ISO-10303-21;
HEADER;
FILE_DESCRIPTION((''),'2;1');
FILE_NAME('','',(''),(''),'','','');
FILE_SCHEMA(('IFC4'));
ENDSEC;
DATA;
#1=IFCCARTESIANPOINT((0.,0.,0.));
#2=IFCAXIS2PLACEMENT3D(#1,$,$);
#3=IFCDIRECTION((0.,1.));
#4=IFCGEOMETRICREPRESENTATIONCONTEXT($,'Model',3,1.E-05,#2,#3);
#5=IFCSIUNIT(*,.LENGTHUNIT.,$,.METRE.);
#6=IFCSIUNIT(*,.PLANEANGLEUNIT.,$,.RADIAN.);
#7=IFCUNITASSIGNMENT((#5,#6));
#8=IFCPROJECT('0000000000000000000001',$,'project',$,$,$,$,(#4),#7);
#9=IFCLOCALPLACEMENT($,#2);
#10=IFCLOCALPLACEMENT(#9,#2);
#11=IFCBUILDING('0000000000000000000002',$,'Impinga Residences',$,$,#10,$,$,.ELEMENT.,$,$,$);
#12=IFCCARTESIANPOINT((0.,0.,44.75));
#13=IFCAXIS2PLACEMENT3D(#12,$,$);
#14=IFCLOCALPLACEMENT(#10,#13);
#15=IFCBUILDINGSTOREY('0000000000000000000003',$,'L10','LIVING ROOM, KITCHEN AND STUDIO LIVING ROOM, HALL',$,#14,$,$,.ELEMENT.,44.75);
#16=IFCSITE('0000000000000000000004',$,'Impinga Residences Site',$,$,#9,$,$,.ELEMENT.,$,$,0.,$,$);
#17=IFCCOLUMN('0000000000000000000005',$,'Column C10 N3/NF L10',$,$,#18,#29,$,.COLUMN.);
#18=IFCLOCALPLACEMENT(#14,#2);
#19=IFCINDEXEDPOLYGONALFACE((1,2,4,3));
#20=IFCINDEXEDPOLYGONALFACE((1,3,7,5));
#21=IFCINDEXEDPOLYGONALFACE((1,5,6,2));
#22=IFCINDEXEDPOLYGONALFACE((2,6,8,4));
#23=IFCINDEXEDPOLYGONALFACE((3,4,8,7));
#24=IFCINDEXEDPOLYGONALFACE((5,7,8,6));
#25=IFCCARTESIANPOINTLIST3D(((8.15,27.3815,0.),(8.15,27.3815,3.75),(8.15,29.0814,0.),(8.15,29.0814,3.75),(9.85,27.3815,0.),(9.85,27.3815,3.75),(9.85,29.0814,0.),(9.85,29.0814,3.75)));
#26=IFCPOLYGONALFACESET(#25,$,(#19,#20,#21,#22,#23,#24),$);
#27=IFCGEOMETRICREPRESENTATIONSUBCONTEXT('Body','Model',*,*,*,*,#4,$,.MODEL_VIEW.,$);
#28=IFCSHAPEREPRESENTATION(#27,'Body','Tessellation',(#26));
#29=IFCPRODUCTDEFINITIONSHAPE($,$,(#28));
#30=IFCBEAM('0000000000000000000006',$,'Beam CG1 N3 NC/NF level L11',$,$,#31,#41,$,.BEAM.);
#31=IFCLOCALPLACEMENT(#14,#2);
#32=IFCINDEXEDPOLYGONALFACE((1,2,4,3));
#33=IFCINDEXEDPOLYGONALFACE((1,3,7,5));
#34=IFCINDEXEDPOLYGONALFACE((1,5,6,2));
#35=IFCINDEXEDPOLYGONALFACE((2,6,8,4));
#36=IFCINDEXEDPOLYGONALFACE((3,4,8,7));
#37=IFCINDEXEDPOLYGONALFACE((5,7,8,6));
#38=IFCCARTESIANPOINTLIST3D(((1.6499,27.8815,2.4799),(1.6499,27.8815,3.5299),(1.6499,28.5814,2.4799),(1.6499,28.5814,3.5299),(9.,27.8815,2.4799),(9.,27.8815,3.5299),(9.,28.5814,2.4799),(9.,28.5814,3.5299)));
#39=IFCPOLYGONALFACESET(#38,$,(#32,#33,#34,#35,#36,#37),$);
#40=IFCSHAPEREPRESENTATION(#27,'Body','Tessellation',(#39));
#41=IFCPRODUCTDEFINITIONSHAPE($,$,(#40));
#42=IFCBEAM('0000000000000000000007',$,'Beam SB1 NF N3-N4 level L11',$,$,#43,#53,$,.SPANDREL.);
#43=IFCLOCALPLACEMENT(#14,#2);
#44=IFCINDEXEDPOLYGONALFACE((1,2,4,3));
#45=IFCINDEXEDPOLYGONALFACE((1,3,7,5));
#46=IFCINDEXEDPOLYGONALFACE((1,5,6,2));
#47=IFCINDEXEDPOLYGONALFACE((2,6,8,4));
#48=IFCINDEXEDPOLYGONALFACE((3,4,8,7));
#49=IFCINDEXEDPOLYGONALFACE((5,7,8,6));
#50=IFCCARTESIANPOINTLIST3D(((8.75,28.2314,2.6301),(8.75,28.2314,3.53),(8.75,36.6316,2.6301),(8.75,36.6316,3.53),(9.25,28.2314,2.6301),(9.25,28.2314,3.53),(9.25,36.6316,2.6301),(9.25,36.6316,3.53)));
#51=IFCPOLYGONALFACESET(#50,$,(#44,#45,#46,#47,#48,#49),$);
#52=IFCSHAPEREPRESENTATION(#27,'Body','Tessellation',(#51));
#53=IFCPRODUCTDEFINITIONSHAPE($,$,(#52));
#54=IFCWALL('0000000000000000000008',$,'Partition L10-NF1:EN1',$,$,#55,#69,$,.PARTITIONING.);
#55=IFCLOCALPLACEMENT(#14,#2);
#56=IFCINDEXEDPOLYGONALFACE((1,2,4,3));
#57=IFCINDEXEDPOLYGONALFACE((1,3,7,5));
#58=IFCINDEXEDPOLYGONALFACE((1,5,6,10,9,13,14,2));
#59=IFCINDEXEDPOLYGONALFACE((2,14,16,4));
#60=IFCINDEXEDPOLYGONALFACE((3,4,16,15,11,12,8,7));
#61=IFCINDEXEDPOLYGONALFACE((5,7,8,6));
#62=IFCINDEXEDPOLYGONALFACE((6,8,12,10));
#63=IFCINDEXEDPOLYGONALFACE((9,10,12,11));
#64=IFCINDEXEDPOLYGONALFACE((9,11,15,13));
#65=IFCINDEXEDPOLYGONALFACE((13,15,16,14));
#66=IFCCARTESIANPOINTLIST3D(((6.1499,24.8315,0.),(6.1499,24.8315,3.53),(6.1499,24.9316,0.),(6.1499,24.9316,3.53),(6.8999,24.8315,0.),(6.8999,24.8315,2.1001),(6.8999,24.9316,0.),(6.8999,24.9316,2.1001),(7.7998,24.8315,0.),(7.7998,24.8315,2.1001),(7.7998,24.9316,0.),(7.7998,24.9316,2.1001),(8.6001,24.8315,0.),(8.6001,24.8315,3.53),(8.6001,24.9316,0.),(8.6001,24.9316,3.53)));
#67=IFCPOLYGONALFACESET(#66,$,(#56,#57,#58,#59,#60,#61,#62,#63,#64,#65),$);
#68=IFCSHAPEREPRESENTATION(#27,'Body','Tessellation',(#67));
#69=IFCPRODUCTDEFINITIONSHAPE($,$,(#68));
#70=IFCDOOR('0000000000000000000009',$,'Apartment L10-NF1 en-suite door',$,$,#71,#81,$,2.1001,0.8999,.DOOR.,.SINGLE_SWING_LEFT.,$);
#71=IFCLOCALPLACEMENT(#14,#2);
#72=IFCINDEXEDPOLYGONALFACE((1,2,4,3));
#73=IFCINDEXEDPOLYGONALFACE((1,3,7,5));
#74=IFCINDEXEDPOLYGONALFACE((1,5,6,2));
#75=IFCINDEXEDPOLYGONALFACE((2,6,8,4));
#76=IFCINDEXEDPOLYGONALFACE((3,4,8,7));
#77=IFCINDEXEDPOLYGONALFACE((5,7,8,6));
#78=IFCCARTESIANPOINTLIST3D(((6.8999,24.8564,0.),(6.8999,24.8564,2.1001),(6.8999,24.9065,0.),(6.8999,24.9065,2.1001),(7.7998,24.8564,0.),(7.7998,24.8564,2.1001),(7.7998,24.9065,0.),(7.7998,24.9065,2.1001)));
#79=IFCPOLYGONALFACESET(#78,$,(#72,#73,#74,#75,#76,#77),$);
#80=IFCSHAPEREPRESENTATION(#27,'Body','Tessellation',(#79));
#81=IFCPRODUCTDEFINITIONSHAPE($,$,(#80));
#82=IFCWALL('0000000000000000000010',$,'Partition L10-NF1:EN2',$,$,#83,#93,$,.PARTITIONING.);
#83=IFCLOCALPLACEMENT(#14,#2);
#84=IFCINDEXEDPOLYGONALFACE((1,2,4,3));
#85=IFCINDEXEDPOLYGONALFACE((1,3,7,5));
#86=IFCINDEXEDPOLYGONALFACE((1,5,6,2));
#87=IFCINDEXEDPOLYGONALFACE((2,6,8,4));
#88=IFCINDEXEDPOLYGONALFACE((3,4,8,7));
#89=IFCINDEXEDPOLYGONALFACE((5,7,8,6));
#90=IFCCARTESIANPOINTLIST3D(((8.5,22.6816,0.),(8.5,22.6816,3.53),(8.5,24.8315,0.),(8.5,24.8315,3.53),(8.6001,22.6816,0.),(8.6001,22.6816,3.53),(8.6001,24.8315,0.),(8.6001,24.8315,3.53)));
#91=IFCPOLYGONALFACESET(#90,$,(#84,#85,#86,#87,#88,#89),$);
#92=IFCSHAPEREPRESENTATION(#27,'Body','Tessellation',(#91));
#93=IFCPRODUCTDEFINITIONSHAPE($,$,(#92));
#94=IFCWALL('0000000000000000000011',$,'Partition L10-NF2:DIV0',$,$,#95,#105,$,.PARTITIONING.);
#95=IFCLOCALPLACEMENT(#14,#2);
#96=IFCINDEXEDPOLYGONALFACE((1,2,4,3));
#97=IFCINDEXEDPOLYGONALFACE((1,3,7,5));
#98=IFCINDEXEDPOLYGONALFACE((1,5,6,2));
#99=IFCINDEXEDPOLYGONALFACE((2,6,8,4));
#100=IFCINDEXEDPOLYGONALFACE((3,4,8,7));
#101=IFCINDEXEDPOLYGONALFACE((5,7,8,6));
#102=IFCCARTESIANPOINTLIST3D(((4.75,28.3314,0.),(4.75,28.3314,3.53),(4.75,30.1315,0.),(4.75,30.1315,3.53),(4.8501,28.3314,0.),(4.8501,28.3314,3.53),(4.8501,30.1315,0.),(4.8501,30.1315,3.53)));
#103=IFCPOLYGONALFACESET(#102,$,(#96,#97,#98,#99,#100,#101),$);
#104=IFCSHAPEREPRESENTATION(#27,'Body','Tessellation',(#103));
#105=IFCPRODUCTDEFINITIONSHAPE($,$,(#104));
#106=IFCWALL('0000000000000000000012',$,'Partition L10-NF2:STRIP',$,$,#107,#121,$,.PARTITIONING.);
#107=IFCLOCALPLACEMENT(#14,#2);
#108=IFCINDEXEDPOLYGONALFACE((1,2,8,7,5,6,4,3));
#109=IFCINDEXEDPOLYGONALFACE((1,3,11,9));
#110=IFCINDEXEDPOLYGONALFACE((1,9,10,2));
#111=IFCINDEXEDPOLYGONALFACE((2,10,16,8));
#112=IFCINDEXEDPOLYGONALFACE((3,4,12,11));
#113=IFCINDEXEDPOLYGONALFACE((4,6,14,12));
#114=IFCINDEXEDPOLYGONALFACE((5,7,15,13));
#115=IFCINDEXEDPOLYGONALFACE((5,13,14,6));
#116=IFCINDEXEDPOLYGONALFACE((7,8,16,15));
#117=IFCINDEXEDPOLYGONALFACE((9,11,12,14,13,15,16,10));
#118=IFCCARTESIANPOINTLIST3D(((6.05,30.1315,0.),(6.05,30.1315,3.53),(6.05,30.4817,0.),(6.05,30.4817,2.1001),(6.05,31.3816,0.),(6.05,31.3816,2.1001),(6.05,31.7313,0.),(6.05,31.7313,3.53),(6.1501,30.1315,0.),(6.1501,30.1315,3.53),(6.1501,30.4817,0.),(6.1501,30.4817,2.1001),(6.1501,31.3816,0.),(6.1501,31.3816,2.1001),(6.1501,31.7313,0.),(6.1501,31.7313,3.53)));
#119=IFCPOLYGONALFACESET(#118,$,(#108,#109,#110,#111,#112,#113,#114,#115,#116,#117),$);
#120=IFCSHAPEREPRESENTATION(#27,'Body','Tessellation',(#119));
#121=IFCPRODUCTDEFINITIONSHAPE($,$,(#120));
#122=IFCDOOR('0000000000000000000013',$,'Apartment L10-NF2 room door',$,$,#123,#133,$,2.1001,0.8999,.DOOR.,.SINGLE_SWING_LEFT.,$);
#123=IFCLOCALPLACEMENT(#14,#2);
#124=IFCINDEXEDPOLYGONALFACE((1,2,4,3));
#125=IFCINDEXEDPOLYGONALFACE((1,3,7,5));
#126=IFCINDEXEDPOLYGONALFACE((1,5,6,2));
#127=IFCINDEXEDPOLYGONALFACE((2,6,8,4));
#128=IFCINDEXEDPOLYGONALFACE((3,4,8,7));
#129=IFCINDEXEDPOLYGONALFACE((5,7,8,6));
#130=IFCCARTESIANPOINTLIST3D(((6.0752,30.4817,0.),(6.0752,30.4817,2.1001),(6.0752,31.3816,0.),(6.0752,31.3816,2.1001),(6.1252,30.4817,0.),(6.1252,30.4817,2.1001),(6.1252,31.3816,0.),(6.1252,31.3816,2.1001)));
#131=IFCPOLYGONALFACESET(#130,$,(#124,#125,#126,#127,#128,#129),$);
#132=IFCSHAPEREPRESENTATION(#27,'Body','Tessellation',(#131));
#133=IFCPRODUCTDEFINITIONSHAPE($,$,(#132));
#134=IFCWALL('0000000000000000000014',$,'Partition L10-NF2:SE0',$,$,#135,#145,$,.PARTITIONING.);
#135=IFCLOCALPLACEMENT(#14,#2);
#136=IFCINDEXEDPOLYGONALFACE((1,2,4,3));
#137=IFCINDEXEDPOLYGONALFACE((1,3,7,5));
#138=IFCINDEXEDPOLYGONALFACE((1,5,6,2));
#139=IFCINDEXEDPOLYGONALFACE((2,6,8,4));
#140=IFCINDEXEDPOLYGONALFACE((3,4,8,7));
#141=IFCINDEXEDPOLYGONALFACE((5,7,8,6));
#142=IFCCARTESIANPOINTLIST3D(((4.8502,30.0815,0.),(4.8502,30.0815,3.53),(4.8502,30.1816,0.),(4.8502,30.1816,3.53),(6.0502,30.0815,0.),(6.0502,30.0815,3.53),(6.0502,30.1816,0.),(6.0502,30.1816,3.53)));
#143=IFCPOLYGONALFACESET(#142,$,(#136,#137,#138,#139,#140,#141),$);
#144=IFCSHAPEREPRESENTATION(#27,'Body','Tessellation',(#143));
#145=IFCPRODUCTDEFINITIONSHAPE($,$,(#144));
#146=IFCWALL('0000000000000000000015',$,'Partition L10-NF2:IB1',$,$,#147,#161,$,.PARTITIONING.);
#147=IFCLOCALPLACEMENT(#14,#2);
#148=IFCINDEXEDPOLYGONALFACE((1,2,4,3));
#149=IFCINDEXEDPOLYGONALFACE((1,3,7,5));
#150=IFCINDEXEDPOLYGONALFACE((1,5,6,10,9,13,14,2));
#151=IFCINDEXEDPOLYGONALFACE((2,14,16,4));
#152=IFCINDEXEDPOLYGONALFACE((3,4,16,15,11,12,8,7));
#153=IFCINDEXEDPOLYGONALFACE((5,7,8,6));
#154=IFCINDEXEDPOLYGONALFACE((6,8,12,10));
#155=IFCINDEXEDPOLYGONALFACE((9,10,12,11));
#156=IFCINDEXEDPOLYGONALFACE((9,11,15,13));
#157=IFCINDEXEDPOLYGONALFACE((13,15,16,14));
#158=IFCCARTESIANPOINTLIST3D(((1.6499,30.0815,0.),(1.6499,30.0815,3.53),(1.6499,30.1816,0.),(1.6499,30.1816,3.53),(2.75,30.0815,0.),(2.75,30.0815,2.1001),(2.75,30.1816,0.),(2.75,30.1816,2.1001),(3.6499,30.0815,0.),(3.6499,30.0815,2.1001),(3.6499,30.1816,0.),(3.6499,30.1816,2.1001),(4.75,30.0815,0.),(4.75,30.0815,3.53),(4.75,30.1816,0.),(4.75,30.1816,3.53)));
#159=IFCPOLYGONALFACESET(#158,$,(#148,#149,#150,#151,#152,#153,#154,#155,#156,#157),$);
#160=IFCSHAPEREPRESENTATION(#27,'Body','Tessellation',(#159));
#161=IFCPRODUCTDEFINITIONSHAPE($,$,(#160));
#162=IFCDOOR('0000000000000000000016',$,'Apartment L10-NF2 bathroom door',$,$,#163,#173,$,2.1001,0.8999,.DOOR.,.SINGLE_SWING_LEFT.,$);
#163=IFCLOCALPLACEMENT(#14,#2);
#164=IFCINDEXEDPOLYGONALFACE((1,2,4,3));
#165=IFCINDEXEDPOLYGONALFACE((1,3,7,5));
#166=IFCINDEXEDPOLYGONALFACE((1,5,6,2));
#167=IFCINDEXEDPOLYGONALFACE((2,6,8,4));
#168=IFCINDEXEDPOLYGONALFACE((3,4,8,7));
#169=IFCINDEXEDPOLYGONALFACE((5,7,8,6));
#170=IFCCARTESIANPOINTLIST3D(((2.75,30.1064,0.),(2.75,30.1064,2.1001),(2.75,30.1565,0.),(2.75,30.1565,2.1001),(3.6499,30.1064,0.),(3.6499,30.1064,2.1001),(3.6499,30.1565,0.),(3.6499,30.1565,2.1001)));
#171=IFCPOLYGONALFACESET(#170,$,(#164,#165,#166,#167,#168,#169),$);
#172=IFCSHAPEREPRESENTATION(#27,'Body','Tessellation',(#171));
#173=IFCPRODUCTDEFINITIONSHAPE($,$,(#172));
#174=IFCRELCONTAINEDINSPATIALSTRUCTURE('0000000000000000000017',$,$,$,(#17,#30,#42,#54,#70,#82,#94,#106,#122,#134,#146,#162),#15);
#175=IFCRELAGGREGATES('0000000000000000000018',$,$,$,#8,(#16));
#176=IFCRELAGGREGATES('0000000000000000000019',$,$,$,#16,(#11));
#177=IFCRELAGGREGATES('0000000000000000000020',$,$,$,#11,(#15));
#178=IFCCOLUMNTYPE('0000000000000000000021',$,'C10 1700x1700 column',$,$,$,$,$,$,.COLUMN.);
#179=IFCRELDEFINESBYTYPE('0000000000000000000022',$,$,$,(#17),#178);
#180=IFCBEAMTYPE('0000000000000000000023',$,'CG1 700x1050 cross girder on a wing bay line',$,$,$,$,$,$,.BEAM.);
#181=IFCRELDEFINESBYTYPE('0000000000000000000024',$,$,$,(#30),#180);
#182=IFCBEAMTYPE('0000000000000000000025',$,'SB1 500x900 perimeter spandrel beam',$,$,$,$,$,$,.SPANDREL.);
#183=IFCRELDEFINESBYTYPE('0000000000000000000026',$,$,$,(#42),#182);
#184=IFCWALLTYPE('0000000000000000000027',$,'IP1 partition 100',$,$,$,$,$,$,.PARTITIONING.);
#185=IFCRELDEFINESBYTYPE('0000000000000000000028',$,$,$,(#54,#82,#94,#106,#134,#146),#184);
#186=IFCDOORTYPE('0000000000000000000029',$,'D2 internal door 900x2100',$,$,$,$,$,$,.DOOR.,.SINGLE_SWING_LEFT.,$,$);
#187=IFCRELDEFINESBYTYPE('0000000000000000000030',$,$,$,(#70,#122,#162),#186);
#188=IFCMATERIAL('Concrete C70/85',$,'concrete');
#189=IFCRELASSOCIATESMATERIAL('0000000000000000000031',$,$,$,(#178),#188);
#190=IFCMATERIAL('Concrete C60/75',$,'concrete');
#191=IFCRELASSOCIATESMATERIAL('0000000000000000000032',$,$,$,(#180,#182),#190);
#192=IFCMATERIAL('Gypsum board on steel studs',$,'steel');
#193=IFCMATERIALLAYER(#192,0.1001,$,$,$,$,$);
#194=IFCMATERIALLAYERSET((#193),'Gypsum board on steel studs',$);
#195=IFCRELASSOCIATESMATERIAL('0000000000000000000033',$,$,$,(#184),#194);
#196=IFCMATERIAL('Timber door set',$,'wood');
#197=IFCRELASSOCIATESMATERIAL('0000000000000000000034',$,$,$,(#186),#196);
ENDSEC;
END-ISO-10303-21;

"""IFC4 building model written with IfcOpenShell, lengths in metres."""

from ifc_helpers import new_model, si_unit, direction, frame, frame_2d, origin, origin_2d, place, context, subcontext, project, spatial, rectangle, extrude, material, layer, layer_set, material_profile, profile_set, type_object, element, fill, save


model = new_model("IFC4")

# Units and contexts
model_context = context("Model", 3, precision=1e-05, world=origin(), true_north=direction((0.0, 1.0)))
body_context = subcontext(model_context, "Body", "Model", "MODEL_VIEW")
ifc_project = project(units=[si_unit("LENGTHUNIT", "METRE"), si_unit("PLANEANGLEUNIT", "RADIAN")], contexts=[model_context])

# Site, building, storey
site_placement = place(None, origin())
site = spatial("IfcSite", under=ifc_project, at=site_placement, Name="Impinga Residences Site", CompositionType="ELEMENT", RefElevation=0.0)
building_placement = place(site_placement, origin())
building = spatial("IfcBuilding", under=site, at=building_placement, Name="Impinga Residences", CompositionType="ELEMENT")
storey_placement = place(building_placement, frame((0.0, 0.0, 44.75)))
storey = spatial("IfcBuildingStorey", under=building, at=storey_placement, Name="L10", Description="LIVING ROOM, KITCHEN AND STUDIO LIVING ROOM, HALL", CompositionType="ELEMENT", Elevation=44.75)

# Column
ifc_material_1 = material(Name="Concrete C70/85", Category="concrete")
ifc_material_profile_1 = material_profile(ifc_material_1, rectangle(XDim=1.7, YDim=1.7, at=origin_2d()), Name="RC 1700x1700")
ifc_profile_set_1 = profile_set([ifc_material_profile_1], Name="Concrete C70/85")
column_type = type_object("IfcColumnType", Name="C10 1700x1700 column", PredefinedType="COLUMN", material=ifc_profile_set_1)
column_placement = place(storey_placement, frame((9.0, 28.2314, 0.0), z_axis=(0.0, 0.0, 1.0), x_axis=(1.0, 0.0, 0.0)))
element("IfcColumn", 1, at=column_placement, inside=storey, type_object=column_type, Name="Column C10 N3/NF L10", PredefinedType="COLUMN", context=body_context, shape_type="SweptSolid", body=[
    extrude(rectangle(XDim=1.7, YDim=1.7, at=origin_2d()), origin(), (0.0, 0.0, 1.0), 3.75),
])

# Beams
ifc_material_2 = material(Name="Concrete C60/75", Category="concrete")
ifc_material_profile_2 = material_profile(ifc_material_2, rectangle(XDim=0.7, YDim=1.05, at=origin_2d()), Name="RC 700x1050")
ifc_profile_set_2 = profile_set([ifc_material_profile_2], Name="Concrete C60/75")
beam_type_1 = type_object("IfcBeamType", Name="CG1 700x1050 cross girder on a wing bay line", PredefinedType="BEAM", material=ifc_profile_set_2)
beam_1_placement = place(storey_placement, frame((1.6499, 28.2314, 3.0049), z_axis=(1.0, 0.0, 0.0), x_axis=(0.0, 1.0, 0.0)))
element("IfcBeam", 2, at=beam_1_placement, inside=storey, type_object=beam_type_1, Name="Beam CG1 N3 NC/NF level L11", PredefinedType="BEAM", context=body_context, shape_type="SweptSolid", body=[
    extrude(rectangle(XDim=0.7, YDim=1.05, at=origin_2d()), origin(), (0.0, 0.0, 1.0), 7.3501),
])
ifc_material_profile_3 = material_profile(ifc_material_2, rectangle(XDim=0.5, YDim=0.8999, at=origin_2d()), Name="RC 500x900")
ifc_profile_set_3 = profile_set([ifc_material_profile_3], Name="Concrete C60/75")
beam_type_2 = type_object("IfcBeamType", Name="SB1 500x900 perimeter spandrel beam", PredefinedType="SPANDREL", material=ifc_profile_set_3)
beam_2_placement = place(storey_placement, frame((9.0, 28.2314, 3.0801), z_axis=(0.0, 1.0, 0.0), x_axis=(-1.0, 0.0, 0.0)))
element("IfcBeam", 3, at=beam_2_placement, inside=storey, type_object=beam_type_2, Name="Beam SB1 NF N3-N4 level L11", PredefinedType="SPANDREL", context=body_context, shape_type="SweptSolid", body=[
    extrude(rectangle(XDim=0.5, YDim=0.8999, at=origin_2d()), origin(), (0.0, 0.0, 1.0), 8.4001),
])

# Wall, opening, door
ifc_material_3 = material(Name="Gypsum board on steel studs", Category="steel")
ifc_layer_1 = layer(ifc_material_3, 0.1001)
ifc_layer_set_1 = layer_set([ifc_layer_1], Name="Gypsum board on steel studs")
wall_type_1 = type_object("IfcWallType", Name="IP1 partition 100", PredefinedType="PARTITIONING", material=ifc_layer_set_1)
wall_1_placement = place(storey_placement, frame((6.1499, 24.8816, 0.0), z_axis=(0.0, 0.0, 1.0), x_axis=(1.0, 0.0, 0.0)))
wall_1 = element("IfcWall", 4, at=wall_1_placement, inside=storey, type_object=wall_type_1, Name="Partition L10-NF1:EN1", PredefinedType="PARTITIONING", context=body_context, shape_type="SweptSolid", body=[
    extrude(rectangle(XDim=2.4502, YDim=0.1001, at=frame_2d((1.2251, 0.0))), origin(), (0.0, 0.0, 1.0), 3.53),
])
opening_1_placement = place(wall_1_placement, frame((0.75, 0.0, 0.0)))
opening_1 = element("IfcOpeningElement", 5, at=opening_1_placement, cuts=wall_1, PredefinedType="OPENING", context=body_context, shape_type="SweptSolid", body=[
    extrude(rectangle(XDim=0.8999, YDim=2.1001, at=frame_2d((0.45, 1.05))), frame((0.0, 0.0601, 0.0), z_axis=(0.0, -1.0, 0.0), x_axis=(1.0, 0.0, 0.0)), (0.0, 0.0, 1.0), 0.1201),
])
ifc_material_4 = material(Name="Timber door set", Category="wood")
door_type = type_object("IfcDoorType", Name="D2 internal door 900x2100", OperationType="SINGLE_SWING_LEFT", PredefinedType="DOOR", material=ifc_material_4)
door_1_placement = place(opening_1_placement, origin())
door_1 = element("IfcDoor", 6, at=door_1_placement, inside=storey, type_object=door_type, Name="Apartment L10-NF1 en-suite door", OperationType="SINGLE_SWING_LEFT", OverallHeight=2.1001, OverallWidth=0.8999, PredefinedType="DOOR", context=body_context, shape_type="SweptSolid", body=[
    extrude(rectangle(XDim=0.8999, YDim=2.1001, at=frame_2d((0.45, 1.05))), frame((0.0, 0.0249, 0.0), z_axis=(0.0, -1.0, 0.0), x_axis=(1.0, 0.0, 0.0)), (0.0, 0.0, 1.0), 0.05),
])
fill(opening_1, door_1)

# Walls
wall_2_placement = place(storey_placement, frame((8.55, 22.6816, 0.0), z_axis=(0.0, 0.0, 1.0), x_axis=(0.0, 1.0, 0.0)))
element("IfcWall", 7, at=wall_2_placement, inside=storey, type_object=wall_type_1, Name="Partition L10-NF1:EN2", PredefinedType="PARTITIONING", context=body_context, shape_type="SweptSolid", body=[
    extrude(rectangle(XDim=2.1499, YDim=0.1001, at=frame_2d((1.075, 0.0))), origin(), (0.0, 0.0, 1.0), 3.53),
])
wall_3_placement = place(storey_placement, frame((4.8, 28.3315, 0.0), z_axis=(0.0, 0.0, 1.0), x_axis=(0.0, 1.0, 0.0)))
element("IfcWall", 8, at=wall_3_placement, inside=storey, type_object=wall_type_1, Name="Partition L10-NF2:DIV0", PredefinedType="PARTITIONING", context=body_context, shape_type="SweptSolid", body=[
    extrude(rectangle(XDim=1.8, YDim=0.1001, at=frame_2d((0.8999, 0.0))), origin(), (0.0, 0.0, 1.0), 3.53),
])

# Wall, opening, door
wall_4_placement = place(storey_placement, frame((6.1001, 30.1316, 0.0), z_axis=(0.0, 0.0, 1.0), x_axis=(0.0, 1.0, 0.0)))
wall_4 = element("IfcWall", 9, at=wall_4_placement, inside=storey, type_object=wall_type_1, Name="Partition L10-NF2:STRIP", PredefinedType="PARTITIONING", context=body_context, shape_type="SweptSolid", body=[
    extrude(rectangle(XDim=1.5999, YDim=0.1001, at=frame_2d((0.7998, 0.0))), origin(), (0.0, 0.0, 1.0), 3.53),
])
opening_2_placement = place(wall_4_placement, frame((0.3501, 0.0, 0.0)))
opening_2 = element("IfcOpeningElement", 10, at=opening_2_placement, cuts=wall_4, PredefinedType="OPENING", context=body_context, shape_type="SweptSolid", body=[
    extrude(rectangle(XDim=0.8999, YDim=2.1001, at=frame_2d((0.45, 1.05))), frame((0.0, 0.0601, 0.0), z_axis=(0.0, -1.0, 0.0), x_axis=(1.0, 0.0, 0.0)), (0.0, 0.0, 1.0), 0.1201),
])
door_2_placement = place(opening_2_placement, origin())
door_2 = element("IfcDoor", 11, at=door_2_placement, inside=storey, type_object=door_type, Name="Apartment L10-NF2 room door", OperationType="SINGLE_SWING_LEFT", OverallHeight=2.1001, OverallWidth=0.8999, PredefinedType="DOOR", context=body_context, shape_type="SweptSolid", body=[
    extrude(rectangle(XDim=0.8999, YDim=2.1001, at=frame_2d((0.45, 1.05))), frame((0.0, 0.0249, 0.0), z_axis=(0.0, -1.0, 0.0), x_axis=(1.0, 0.0, 0.0)), (0.0, 0.0, 1.0), 0.05),
])
fill(opening_2, door_2)

# Wall
wall_5_placement = place(storey_placement, frame((4.8501, 30.1316, 0.0), z_axis=(0.0, 0.0, 1.0), x_axis=(1.0, 0.0, 0.0)))
element("IfcWall", 12, at=wall_5_placement, inside=storey, type_object=wall_type_1, Name="Partition L10-NF2:SE0", PredefinedType="PARTITIONING", context=body_context, shape_type="SweptSolid", body=[
    extrude(rectangle(XDim=1.2, YDim=0.1001, at=frame_2d((0.6001, 0.0))), origin(), (0.0, 0.0, 1.0), 3.53),
])

# Wall, opening, door
wall_6_placement = place(storey_placement, frame((1.6499, 30.1316, 0.0), z_axis=(0.0, 0.0, 1.0), x_axis=(1.0, 0.0, 0.0)))
wall_6 = element("IfcWall", 13, at=wall_6_placement, inside=storey, type_object=wall_type_1, Name="Partition L10-NF2:IB1", PredefinedType="PARTITIONING", context=body_context, shape_type="SweptSolid", body=[
    extrude(rectangle(XDim=3.1001, YDim=0.1001, at=frame_2d((1.55, 0.0))), origin(), (0.0, 0.0, 1.0), 3.53),
])
opening_3_placement = place(wall_6_placement, frame((1.1001, 0.0, 0.0)))
opening_3 = element("IfcOpeningElement", 14, at=opening_3_placement, cuts=wall_6, PredefinedType="OPENING", context=body_context, shape_type="SweptSolid", body=[
    extrude(rectangle(XDim=0.8999, YDim=2.1001, at=frame_2d((0.45, 1.05))), frame((0.0, 0.0601, 0.0), z_axis=(0.0, -1.0, 0.0), x_axis=(1.0, 0.0, 0.0)), (0.0, 0.0, 1.0), 0.1201),
])
door_3_placement = place(opening_3_placement, origin())
door_3 = element("IfcDoor", 15, at=door_3_placement, inside=storey, type_object=door_type, Name="Apartment L10-NF2 bathroom door", OperationType="SINGLE_SWING_LEFT", OverallHeight=2.1001, OverallWidth=0.8999, PredefinedType="DOOR", context=body_context, shape_type="SweptSolid", body=[
    extrude(rectangle(XDim=0.8999, YDim=2.1001, at=frame_2d((0.45, 1.05))), frame((0.0, 0.0249, 0.0), z_axis=(0.0, -1.0, 0.0), x_axis=(1.0, 0.0, 0.0)), (0.0, 0.0, 1.0), 0.05),
])
fill(opening_3, door_3)

save(model, "model.ifc")
